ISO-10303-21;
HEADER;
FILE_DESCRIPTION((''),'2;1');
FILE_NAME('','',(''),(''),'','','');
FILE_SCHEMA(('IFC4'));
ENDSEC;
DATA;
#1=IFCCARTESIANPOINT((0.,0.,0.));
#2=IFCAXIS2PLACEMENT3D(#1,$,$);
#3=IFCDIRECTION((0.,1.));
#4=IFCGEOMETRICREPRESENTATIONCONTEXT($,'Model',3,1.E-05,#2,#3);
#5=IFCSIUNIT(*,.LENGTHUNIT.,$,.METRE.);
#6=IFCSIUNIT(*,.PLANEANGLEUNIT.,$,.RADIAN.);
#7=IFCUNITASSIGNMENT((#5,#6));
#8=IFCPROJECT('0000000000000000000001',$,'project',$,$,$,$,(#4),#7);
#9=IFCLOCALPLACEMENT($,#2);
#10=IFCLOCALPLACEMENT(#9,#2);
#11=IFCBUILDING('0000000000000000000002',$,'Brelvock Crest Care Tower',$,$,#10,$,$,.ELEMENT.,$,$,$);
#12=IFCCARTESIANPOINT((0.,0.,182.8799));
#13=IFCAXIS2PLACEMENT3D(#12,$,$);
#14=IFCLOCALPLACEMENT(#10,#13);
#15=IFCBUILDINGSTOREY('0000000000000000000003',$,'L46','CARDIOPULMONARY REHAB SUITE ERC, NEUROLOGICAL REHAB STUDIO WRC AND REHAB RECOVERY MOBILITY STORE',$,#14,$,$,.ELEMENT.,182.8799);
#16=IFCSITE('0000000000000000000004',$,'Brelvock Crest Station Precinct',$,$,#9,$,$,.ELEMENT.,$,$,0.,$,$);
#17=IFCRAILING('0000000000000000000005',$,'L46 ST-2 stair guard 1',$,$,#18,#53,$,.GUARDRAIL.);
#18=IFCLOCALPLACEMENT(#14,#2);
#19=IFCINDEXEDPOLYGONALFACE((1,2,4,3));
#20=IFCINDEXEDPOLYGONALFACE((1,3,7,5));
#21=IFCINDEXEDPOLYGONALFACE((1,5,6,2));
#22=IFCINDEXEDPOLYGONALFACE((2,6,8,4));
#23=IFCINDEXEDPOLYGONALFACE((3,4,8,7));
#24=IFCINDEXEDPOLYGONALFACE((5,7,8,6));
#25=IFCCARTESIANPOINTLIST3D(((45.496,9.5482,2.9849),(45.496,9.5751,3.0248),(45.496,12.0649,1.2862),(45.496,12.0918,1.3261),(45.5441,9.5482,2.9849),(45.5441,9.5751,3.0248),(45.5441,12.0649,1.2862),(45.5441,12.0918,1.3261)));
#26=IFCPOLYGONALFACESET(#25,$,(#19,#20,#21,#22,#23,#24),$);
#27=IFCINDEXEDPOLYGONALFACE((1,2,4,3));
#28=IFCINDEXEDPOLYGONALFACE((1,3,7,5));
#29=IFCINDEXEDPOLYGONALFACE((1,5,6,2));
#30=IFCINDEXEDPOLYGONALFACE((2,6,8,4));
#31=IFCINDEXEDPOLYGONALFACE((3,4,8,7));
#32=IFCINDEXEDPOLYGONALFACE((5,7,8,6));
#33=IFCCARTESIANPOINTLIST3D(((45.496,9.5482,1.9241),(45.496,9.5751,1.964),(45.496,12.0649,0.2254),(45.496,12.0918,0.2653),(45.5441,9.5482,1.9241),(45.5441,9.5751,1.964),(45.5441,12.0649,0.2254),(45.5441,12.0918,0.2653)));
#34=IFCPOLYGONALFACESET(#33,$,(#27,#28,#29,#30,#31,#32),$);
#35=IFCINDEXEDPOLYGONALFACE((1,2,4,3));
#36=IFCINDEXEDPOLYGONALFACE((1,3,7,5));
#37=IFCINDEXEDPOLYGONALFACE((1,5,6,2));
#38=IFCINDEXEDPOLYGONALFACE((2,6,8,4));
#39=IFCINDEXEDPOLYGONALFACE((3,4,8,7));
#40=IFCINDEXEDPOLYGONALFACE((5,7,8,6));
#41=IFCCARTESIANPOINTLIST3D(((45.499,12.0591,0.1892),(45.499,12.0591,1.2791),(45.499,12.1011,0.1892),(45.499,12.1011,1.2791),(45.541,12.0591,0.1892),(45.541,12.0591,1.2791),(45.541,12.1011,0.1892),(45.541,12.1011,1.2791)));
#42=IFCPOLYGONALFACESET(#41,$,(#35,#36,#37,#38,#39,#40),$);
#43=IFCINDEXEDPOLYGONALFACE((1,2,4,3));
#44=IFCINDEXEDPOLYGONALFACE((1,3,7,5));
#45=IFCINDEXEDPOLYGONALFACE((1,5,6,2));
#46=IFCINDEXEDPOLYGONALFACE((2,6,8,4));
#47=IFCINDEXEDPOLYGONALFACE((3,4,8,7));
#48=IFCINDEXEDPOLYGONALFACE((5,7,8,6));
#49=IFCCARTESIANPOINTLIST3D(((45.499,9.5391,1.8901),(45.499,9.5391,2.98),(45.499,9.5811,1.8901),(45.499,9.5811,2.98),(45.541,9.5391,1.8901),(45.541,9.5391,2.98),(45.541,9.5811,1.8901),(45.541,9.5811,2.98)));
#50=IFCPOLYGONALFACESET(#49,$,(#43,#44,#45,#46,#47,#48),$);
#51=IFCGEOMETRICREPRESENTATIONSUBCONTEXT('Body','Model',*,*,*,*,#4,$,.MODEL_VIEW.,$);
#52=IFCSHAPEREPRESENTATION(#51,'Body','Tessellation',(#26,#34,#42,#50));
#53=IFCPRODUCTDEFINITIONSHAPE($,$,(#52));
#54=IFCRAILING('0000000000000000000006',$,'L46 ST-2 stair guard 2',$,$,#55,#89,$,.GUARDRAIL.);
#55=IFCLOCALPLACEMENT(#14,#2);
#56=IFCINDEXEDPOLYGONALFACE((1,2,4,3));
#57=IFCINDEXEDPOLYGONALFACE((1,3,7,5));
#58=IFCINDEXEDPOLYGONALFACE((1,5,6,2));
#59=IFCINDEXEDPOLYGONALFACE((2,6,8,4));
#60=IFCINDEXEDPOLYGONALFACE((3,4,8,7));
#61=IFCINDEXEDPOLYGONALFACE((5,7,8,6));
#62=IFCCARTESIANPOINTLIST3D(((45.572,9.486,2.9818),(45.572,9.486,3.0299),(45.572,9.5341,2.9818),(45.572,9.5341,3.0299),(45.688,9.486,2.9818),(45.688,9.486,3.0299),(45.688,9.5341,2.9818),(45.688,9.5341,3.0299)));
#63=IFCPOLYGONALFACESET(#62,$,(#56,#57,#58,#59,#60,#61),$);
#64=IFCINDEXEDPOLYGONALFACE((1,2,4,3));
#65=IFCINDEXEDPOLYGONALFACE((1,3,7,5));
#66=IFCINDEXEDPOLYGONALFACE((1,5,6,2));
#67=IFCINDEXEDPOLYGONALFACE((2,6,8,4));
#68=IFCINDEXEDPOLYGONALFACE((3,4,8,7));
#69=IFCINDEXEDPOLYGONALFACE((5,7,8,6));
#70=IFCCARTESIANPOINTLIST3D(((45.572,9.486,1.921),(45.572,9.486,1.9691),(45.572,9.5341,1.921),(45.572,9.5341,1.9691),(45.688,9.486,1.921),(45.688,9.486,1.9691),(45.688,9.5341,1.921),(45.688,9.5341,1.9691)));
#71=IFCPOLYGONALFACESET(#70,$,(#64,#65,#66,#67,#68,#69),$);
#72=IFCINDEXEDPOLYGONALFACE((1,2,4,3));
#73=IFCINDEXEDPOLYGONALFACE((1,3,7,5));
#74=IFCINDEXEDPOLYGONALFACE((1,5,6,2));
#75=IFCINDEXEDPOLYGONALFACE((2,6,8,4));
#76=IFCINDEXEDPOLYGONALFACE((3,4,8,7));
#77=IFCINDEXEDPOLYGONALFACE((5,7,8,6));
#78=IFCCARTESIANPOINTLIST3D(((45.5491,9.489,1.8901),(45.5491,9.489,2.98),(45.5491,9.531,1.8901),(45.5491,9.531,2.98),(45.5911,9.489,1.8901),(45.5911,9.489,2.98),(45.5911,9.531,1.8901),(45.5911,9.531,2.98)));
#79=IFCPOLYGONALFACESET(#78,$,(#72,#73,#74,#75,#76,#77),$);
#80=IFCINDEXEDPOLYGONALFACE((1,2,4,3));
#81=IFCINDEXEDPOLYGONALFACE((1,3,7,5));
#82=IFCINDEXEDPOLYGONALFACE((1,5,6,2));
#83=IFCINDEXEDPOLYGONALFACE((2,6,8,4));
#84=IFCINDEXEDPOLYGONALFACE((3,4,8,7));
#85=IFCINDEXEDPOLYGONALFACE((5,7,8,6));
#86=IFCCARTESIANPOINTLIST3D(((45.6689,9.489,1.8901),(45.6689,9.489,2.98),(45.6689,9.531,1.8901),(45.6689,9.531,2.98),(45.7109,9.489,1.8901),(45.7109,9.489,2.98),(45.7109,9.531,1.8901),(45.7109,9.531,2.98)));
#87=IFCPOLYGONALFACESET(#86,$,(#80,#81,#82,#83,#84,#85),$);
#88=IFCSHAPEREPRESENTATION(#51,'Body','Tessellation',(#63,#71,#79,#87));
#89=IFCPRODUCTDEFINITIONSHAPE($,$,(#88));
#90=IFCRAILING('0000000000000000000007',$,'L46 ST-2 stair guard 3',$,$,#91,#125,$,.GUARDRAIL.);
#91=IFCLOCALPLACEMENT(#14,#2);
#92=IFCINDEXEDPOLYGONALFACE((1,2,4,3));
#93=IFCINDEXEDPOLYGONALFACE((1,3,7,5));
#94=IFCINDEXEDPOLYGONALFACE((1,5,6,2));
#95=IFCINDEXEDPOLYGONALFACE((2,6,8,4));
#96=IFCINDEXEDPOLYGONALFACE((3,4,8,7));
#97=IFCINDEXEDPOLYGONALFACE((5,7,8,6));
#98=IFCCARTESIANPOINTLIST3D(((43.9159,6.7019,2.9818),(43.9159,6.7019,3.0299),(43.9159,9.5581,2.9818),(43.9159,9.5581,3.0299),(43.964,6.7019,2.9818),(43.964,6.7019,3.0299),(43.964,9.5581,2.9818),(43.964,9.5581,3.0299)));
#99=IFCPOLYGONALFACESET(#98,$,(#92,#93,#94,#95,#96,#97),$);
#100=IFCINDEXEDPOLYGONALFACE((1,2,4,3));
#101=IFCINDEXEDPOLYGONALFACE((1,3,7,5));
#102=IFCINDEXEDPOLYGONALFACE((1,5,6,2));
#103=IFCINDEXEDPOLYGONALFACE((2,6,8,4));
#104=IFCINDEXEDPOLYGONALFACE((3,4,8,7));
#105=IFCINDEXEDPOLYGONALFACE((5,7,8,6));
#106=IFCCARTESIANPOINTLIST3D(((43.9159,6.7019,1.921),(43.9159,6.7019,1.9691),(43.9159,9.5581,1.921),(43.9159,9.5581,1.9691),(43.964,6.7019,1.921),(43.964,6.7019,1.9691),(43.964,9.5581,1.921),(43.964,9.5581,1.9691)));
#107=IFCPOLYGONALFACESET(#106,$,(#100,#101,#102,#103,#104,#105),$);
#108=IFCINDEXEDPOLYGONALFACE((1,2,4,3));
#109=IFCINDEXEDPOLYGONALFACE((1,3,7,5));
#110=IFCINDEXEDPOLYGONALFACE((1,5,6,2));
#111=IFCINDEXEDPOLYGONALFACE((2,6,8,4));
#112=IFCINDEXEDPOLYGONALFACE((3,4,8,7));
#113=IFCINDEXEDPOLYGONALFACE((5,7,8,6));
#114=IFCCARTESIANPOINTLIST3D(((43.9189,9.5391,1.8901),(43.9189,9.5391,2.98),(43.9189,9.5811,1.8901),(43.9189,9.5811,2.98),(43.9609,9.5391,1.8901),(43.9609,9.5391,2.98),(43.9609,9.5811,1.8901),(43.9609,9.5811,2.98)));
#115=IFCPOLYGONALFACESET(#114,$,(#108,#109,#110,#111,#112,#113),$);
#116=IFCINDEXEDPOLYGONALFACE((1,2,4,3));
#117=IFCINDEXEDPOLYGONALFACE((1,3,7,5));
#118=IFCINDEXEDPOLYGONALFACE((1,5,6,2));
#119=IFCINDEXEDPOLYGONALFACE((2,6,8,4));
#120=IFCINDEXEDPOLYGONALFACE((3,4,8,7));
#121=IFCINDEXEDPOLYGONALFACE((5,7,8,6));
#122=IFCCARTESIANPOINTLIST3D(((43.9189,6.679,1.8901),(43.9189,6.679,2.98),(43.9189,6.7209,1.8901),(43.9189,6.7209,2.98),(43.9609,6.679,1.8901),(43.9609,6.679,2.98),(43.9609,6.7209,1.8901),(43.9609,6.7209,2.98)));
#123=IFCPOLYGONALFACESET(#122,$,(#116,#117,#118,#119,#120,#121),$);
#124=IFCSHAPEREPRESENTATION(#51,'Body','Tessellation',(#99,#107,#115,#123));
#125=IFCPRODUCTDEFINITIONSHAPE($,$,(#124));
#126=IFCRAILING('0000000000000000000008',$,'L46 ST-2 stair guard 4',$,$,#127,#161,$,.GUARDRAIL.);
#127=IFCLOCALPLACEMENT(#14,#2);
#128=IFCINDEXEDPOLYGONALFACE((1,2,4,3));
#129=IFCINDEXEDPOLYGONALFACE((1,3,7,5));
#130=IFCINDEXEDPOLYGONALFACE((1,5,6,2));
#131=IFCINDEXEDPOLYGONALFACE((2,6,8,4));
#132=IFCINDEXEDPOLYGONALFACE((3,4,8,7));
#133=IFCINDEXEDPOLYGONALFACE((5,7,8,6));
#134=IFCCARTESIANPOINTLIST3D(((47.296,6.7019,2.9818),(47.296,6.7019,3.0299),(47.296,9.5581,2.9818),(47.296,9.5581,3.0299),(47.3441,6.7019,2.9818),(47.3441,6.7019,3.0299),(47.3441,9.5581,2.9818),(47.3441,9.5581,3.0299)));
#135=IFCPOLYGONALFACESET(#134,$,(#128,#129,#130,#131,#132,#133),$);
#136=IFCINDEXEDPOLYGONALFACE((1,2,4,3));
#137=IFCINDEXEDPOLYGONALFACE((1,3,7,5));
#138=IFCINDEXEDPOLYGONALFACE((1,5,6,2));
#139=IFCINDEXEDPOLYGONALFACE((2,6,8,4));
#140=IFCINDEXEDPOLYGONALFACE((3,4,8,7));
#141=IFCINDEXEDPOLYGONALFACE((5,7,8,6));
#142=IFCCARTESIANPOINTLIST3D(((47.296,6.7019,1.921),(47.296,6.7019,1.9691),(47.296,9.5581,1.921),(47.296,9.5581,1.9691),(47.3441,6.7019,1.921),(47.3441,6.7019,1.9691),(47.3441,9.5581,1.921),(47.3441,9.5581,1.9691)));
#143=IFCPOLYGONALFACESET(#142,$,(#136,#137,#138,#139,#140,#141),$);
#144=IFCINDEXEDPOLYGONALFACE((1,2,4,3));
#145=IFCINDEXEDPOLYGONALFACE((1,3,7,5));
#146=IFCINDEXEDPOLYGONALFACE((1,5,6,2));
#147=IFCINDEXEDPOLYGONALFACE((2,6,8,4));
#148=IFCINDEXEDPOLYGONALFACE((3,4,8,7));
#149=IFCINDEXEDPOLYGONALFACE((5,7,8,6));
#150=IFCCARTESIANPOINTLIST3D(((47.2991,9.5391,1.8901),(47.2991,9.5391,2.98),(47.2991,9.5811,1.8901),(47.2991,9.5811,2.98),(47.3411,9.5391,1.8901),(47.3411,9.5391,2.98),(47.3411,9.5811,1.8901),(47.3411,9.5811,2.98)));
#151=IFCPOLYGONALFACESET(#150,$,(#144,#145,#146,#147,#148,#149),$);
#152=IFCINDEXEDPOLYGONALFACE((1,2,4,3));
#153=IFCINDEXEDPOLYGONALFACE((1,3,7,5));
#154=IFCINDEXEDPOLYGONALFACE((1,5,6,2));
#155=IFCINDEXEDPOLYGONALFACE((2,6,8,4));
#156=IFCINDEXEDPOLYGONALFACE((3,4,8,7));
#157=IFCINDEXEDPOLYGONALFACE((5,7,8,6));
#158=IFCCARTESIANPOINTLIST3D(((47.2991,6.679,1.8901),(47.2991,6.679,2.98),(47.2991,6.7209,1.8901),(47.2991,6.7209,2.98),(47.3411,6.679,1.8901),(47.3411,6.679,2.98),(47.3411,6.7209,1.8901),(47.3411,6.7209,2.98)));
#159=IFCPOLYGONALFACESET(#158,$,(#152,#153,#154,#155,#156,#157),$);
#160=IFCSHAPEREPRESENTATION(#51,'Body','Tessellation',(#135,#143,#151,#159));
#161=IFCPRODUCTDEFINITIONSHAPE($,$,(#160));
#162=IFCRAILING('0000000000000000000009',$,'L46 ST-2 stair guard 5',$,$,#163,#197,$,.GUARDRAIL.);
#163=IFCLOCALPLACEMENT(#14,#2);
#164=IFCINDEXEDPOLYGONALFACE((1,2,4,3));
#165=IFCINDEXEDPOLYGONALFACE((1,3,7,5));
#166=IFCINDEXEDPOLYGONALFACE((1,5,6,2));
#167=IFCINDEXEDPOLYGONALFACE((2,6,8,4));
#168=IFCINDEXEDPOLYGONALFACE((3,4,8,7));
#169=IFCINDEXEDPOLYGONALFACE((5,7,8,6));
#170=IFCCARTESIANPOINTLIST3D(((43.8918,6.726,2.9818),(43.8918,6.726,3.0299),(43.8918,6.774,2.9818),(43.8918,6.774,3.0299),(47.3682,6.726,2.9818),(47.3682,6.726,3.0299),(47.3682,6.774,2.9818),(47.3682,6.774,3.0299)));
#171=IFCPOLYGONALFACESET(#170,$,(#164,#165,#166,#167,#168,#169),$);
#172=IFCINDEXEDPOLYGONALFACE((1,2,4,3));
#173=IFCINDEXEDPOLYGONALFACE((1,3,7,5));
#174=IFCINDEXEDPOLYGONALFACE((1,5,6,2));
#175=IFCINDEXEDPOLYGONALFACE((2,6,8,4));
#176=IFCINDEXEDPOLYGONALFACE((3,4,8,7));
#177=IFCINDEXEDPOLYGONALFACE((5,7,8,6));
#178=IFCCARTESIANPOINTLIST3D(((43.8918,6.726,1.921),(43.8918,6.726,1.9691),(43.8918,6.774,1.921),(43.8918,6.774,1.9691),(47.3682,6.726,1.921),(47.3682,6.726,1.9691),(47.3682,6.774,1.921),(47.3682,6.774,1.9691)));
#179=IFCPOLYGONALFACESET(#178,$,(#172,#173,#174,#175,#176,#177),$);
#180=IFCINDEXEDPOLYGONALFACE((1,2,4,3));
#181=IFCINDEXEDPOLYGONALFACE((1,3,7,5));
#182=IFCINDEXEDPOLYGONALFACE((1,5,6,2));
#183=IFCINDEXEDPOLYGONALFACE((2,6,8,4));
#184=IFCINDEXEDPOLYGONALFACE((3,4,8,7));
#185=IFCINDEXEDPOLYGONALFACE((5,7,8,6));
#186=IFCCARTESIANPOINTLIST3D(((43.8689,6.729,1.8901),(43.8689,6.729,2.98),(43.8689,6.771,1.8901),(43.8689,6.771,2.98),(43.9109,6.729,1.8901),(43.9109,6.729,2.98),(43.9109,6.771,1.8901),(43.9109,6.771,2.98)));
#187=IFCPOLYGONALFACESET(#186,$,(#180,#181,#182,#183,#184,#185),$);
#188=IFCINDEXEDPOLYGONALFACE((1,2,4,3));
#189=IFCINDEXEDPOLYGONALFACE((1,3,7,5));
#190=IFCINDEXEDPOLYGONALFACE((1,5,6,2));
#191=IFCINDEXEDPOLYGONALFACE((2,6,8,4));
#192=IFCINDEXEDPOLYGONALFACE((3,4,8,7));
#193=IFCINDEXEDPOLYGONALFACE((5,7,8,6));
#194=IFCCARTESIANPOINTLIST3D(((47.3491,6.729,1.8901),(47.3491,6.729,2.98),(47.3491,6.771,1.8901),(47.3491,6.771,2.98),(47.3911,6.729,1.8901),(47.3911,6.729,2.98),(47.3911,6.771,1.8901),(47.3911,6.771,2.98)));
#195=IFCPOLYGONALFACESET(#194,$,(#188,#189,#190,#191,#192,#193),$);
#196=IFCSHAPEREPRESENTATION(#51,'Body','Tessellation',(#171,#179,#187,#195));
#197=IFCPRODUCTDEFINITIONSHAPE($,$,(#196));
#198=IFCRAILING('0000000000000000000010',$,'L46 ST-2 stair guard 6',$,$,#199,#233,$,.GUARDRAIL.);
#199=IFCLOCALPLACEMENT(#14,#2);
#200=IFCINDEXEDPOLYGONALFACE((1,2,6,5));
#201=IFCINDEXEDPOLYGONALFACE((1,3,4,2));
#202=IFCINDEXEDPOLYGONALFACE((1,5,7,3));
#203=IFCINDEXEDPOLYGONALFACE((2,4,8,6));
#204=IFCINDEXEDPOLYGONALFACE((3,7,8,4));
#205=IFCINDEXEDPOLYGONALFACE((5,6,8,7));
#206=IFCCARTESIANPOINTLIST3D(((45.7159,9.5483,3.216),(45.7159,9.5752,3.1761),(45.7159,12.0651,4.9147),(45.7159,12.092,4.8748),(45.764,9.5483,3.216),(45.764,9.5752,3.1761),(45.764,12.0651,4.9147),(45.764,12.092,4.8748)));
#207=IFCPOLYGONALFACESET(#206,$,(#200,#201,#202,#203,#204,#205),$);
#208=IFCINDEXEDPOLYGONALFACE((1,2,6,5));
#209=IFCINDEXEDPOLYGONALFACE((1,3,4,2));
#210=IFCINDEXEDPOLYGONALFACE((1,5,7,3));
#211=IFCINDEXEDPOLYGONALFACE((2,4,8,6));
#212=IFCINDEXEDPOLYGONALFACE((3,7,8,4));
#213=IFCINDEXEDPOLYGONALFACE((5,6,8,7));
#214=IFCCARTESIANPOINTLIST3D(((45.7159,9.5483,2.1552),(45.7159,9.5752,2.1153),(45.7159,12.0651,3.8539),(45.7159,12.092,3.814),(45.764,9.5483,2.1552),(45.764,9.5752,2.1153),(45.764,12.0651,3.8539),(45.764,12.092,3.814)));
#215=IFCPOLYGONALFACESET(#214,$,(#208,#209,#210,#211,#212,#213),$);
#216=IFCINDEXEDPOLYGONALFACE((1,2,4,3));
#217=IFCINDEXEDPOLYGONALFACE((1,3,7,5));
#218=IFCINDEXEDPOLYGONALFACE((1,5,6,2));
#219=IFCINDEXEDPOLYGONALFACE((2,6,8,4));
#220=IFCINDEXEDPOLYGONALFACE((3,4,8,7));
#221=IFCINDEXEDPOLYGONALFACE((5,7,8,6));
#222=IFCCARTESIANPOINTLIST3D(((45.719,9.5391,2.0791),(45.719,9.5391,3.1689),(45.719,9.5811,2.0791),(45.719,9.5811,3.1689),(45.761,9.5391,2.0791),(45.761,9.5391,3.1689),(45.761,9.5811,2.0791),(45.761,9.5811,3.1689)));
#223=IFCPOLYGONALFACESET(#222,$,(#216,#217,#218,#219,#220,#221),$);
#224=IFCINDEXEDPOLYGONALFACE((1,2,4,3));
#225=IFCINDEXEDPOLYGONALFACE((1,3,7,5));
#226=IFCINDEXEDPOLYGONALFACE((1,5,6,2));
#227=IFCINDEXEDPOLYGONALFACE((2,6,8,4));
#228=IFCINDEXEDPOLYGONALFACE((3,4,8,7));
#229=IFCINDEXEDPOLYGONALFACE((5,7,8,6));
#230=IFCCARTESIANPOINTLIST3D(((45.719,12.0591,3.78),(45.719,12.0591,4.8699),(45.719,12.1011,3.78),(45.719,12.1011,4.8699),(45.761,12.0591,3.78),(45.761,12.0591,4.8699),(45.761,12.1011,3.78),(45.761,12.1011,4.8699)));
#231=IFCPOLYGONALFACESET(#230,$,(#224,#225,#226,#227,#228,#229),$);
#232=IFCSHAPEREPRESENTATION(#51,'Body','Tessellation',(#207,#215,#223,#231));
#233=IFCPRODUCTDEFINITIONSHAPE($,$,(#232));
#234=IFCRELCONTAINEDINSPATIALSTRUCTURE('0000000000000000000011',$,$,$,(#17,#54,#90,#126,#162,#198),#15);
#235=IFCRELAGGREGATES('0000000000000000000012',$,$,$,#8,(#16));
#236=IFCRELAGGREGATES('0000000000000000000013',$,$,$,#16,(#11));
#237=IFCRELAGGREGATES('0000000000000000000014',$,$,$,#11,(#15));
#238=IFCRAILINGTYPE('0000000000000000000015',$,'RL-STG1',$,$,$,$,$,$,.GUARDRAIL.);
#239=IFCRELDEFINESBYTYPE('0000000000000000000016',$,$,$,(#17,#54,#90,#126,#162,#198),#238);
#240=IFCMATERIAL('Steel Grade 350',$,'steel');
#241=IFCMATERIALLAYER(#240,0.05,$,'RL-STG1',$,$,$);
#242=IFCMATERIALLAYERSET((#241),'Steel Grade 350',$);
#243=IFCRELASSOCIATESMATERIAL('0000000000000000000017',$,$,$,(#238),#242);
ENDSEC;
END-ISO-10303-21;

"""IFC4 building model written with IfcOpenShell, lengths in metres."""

from ifc_helpers import new_model, si_unit, direction, frame, origin, origin_2d, place, context, subcontext, project, spatial, rectangle, extrude, material, layer, layer_set, type_object, element, save


model = new_model("IFC4")

# Units and contexts
model_context = context("Model", 3, precision=1e-05, world=origin(), true_north=direction((0.0, 1.0)))
body_context = subcontext(model_context, "Body", "Model", "MODEL_VIEW")
ifc_project = project(units=[si_unit("LENGTHUNIT", "METRE"), si_unit("PLANEANGLEUNIT", "RADIAN")], contexts=[model_context])

# Site, building, storey
site_placement = place(None, origin())
site = spatial("IfcSite", under=ifc_project, at=site_placement, Name="Brelvock Crest Station Precinct", CompositionType="ELEMENT", RefElevation=0.0)
building_placement = place(site_placement, origin())
building = spatial("IfcBuilding", under=site, at=building_placement, Name="Brelvock Crest Care Tower", CompositionType="ELEMENT")
storey_placement = place(building_placement, frame((0.0, 0.0, 182.8799)))
storey = spatial("IfcBuildingStorey", under=building, at=storey_placement, Name="L46", Description="CARDIOPULMONARY REHAB SUITE ERC, NEUROLOGICAL REHAB STUDIO WRC AND REHAB RECOVERY MOBILITY STORE", CompositionType="ELEMENT", Elevation=182.8799)

# Shared definitions
ifc_material_1 = material(Name="Steel Grade 350", Category="steel")

# Railings
ifc_layer_1 = layer(ifc_material_1, 0.05, Name="RL-STG1")
ifc_layer_set_1 = layer_set([ifc_layer_1], Name="Steel Grade 350")
railing_type_1 = type_object("IfcRailingType", Name="RL-STG1", PredefinedType="GUARDRAIL", material=ifc_layer_set_1)
railing_1_placement = place(storey_placement, frame((45.52, 12.0801, 0.1892)))
element("IfcRailing", 1, at=railing_1_placement, inside=storey, type_object=railing_type_1, Name="L46 ST-2 stair guard 1", PredefinedType="GUARDRAIL", context=body_context, shape_type="SweptSolid", body=[
    extrude(rectangle(XDim=0.0481, YDim=0.0481, at=origin_2d()), frame((0.0, -0.0017, 1.1169), z_axis=(0.0, -0.828862, 0.559454), x_axis=(1.0, 0.0, 0.0)), (0.0, 0.0, 1.0), 3.0364),
    extrude(rectangle(XDim=0.0481, YDim=0.0481, at=origin_2d()), frame((0.0, -0.0017, 0.0562), z_axis=(0.0, -0.828862, 0.559454), x_axis=(1.0, 0.0, 0.0)), (0.0, 0.0, 1.0), 3.0364),
    extrude(rectangle(XDim=0.042, YDim=0.042, at=origin_2d()), origin(), (0.0, 0.0, 1.0), 1.0898),
    extrude(rectangle(XDim=0.042, YDim=0.042, at=origin_2d()), frame((0.0, -2.52, 1.7009)), (0.0, 0.0, 1.0), 1.0898),
])
railing_2_placement = place(storey_placement, frame((45.5701, 9.51, 1.8901)))
element("IfcRailing", 2, at=railing_2_placement, inside=storey, type_object=railing_type_1, Name="L46 ST-2 stair guard 2", PredefinedType="GUARDRAIL", context=body_context, shape_type="SweptSolid", body=[
    extrude(rectangle(XDim=0.0481, YDim=0.0481, at=origin_2d()), frame((0.002, 0.0, 1.1157), z_axis=(1.0, 0.0, 0.0), x_axis=(0.0, 1.0, 0.0)), (0.0, 0.0, 1.0), 0.116),
    extrude(rectangle(XDim=0.0481, YDim=0.0481, at=origin_2d()), frame((0.002, 0.0, 0.0549), z_axis=(1.0, 0.0, 0.0), x_axis=(0.0, 1.0, 0.0)), (0.0, 0.0, 1.0), 0.116),
    extrude(rectangle(XDim=0.042, YDim=0.042, at=origin_2d()), origin(), (0.0, 0.0, 1.0), 1.0898),
    extrude(rectangle(XDim=0.042, YDim=0.042, at=origin_2d()), frame((0.1199, 0.0, 0.0)), (0.0, 0.0, 1.0), 1.0898),
])
for number, where, name in (
    (3, (43.9399, 9.5601, 1.8901), "L46 ST-2 stair guard 3"),
    (4, (47.3201, 9.5601, 1.8901), "L46 ST-2 stair guard 4"),
):
    element("IfcRailing", number, at=place(storey_placement, frame(where)), inside=storey, type_object=railing_type_1, Name=name, PredefinedType="GUARDRAIL", context=body_context, shape_type="SweptSolid", body=[
        extrude(rectangle(XDim=0.0481, YDim=0.0481, at=origin_2d()), frame((0.0, -0.002, 1.1157), z_axis=(0.0, -1.0, 0.0), x_axis=(1.0, 0.0, 0.0)), (0.0, 0.0, 1.0), 2.8562),
        extrude(rectangle(XDim=0.0481, YDim=0.0481, at=origin_2d()), frame((0.0, -0.002, 0.0549), z_axis=(0.0, -1.0, 0.0), x_axis=(1.0, 0.0, 0.0)), (0.0, 0.0, 1.0), 2.8562),
        extrude(rectangle(XDim=0.042, YDim=0.042, at=origin_2d()), origin(), (0.0, 0.0, 1.0), 1.0898),
        extrude(rectangle(XDim=0.042, YDim=0.042, at=origin_2d()), frame((0.0, -2.8601, 0.0)), (0.0, 0.0, 1.0), 1.0898),
    ])
railing_3_placement = place(storey_placement, frame((43.8899, 6.75, 1.8901)))
element("IfcRailing", 5, at=railing_3_placement, inside=storey, type_object=railing_type_1, Name="L46 ST-2 stair guard 5", PredefinedType="GUARDRAIL", context=body_context, shape_type="SweptSolid", body=[
    extrude(rectangle(XDim=0.0481, YDim=0.0481, at=origin_2d()), frame((0.002, 0.0, 1.1157), z_axis=(1.0, 0.0, 0.0), x_axis=(0.0, 1.0, 0.0)), (0.0, 0.0, 1.0), 3.4763),
    extrude(rectangle(XDim=0.0481, YDim=0.0481, at=origin_2d()), frame((0.002, 0.0, 0.0549), z_axis=(1.0, 0.0, 0.0), x_axis=(0.0, 1.0, 0.0)), (0.0, 0.0, 1.0), 3.4763),
    extrude(rectangle(XDim=0.042, YDim=0.042, at=origin_2d()), origin(), (0.0, 0.0, 1.0), 1.0898),
    extrude(rectangle(XDim=0.042, YDim=0.042, at=origin_2d()), frame((3.4802, 0.0, 0.0)), (0.0, 0.0, 1.0), 1.0898),
])
railing_4_placement = place(storey_placement, frame((45.74, 9.5601, 2.0791)))
element("IfcRailing", 6, at=railing_4_placement, inside=storey, type_object=railing_type_1, Name="L46 ST-2 stair guard 6", PredefinedType="GUARDRAIL", context=body_context, shape_type="SweptSolid", body=[
    extrude(rectangle(XDim=0.0481, YDim=0.0481, at=origin_2d()), frame((0.0, 0.0017, 1.1169), z_axis=(0.0, 0.828862, 0.559454), x_axis=(-1.0, 0.0, 0.0)), (0.0, 0.0, 1.0), 3.0364),
    extrude(rectangle(XDim=0.0481, YDim=0.0481, at=origin_2d()), frame((0.0, 0.0017, 0.0562), z_axis=(0.0, 0.828862, 0.559454), x_axis=(-1.0, 0.0, 0.0)), (0.0, 0.0, 1.0), 3.0364),
    extrude(rectangle(XDim=0.042, YDim=0.042, at=origin_2d()), origin(), (0.0, 0.0, 1.0), 1.0898),
    extrude(rectangle(XDim=0.042, YDim=0.042, at=origin_2d()), frame((0.0, 2.52, 1.7009)), (0.0, 0.0, 1.0), 1.0898),
])

save(model, "model.ifc")
